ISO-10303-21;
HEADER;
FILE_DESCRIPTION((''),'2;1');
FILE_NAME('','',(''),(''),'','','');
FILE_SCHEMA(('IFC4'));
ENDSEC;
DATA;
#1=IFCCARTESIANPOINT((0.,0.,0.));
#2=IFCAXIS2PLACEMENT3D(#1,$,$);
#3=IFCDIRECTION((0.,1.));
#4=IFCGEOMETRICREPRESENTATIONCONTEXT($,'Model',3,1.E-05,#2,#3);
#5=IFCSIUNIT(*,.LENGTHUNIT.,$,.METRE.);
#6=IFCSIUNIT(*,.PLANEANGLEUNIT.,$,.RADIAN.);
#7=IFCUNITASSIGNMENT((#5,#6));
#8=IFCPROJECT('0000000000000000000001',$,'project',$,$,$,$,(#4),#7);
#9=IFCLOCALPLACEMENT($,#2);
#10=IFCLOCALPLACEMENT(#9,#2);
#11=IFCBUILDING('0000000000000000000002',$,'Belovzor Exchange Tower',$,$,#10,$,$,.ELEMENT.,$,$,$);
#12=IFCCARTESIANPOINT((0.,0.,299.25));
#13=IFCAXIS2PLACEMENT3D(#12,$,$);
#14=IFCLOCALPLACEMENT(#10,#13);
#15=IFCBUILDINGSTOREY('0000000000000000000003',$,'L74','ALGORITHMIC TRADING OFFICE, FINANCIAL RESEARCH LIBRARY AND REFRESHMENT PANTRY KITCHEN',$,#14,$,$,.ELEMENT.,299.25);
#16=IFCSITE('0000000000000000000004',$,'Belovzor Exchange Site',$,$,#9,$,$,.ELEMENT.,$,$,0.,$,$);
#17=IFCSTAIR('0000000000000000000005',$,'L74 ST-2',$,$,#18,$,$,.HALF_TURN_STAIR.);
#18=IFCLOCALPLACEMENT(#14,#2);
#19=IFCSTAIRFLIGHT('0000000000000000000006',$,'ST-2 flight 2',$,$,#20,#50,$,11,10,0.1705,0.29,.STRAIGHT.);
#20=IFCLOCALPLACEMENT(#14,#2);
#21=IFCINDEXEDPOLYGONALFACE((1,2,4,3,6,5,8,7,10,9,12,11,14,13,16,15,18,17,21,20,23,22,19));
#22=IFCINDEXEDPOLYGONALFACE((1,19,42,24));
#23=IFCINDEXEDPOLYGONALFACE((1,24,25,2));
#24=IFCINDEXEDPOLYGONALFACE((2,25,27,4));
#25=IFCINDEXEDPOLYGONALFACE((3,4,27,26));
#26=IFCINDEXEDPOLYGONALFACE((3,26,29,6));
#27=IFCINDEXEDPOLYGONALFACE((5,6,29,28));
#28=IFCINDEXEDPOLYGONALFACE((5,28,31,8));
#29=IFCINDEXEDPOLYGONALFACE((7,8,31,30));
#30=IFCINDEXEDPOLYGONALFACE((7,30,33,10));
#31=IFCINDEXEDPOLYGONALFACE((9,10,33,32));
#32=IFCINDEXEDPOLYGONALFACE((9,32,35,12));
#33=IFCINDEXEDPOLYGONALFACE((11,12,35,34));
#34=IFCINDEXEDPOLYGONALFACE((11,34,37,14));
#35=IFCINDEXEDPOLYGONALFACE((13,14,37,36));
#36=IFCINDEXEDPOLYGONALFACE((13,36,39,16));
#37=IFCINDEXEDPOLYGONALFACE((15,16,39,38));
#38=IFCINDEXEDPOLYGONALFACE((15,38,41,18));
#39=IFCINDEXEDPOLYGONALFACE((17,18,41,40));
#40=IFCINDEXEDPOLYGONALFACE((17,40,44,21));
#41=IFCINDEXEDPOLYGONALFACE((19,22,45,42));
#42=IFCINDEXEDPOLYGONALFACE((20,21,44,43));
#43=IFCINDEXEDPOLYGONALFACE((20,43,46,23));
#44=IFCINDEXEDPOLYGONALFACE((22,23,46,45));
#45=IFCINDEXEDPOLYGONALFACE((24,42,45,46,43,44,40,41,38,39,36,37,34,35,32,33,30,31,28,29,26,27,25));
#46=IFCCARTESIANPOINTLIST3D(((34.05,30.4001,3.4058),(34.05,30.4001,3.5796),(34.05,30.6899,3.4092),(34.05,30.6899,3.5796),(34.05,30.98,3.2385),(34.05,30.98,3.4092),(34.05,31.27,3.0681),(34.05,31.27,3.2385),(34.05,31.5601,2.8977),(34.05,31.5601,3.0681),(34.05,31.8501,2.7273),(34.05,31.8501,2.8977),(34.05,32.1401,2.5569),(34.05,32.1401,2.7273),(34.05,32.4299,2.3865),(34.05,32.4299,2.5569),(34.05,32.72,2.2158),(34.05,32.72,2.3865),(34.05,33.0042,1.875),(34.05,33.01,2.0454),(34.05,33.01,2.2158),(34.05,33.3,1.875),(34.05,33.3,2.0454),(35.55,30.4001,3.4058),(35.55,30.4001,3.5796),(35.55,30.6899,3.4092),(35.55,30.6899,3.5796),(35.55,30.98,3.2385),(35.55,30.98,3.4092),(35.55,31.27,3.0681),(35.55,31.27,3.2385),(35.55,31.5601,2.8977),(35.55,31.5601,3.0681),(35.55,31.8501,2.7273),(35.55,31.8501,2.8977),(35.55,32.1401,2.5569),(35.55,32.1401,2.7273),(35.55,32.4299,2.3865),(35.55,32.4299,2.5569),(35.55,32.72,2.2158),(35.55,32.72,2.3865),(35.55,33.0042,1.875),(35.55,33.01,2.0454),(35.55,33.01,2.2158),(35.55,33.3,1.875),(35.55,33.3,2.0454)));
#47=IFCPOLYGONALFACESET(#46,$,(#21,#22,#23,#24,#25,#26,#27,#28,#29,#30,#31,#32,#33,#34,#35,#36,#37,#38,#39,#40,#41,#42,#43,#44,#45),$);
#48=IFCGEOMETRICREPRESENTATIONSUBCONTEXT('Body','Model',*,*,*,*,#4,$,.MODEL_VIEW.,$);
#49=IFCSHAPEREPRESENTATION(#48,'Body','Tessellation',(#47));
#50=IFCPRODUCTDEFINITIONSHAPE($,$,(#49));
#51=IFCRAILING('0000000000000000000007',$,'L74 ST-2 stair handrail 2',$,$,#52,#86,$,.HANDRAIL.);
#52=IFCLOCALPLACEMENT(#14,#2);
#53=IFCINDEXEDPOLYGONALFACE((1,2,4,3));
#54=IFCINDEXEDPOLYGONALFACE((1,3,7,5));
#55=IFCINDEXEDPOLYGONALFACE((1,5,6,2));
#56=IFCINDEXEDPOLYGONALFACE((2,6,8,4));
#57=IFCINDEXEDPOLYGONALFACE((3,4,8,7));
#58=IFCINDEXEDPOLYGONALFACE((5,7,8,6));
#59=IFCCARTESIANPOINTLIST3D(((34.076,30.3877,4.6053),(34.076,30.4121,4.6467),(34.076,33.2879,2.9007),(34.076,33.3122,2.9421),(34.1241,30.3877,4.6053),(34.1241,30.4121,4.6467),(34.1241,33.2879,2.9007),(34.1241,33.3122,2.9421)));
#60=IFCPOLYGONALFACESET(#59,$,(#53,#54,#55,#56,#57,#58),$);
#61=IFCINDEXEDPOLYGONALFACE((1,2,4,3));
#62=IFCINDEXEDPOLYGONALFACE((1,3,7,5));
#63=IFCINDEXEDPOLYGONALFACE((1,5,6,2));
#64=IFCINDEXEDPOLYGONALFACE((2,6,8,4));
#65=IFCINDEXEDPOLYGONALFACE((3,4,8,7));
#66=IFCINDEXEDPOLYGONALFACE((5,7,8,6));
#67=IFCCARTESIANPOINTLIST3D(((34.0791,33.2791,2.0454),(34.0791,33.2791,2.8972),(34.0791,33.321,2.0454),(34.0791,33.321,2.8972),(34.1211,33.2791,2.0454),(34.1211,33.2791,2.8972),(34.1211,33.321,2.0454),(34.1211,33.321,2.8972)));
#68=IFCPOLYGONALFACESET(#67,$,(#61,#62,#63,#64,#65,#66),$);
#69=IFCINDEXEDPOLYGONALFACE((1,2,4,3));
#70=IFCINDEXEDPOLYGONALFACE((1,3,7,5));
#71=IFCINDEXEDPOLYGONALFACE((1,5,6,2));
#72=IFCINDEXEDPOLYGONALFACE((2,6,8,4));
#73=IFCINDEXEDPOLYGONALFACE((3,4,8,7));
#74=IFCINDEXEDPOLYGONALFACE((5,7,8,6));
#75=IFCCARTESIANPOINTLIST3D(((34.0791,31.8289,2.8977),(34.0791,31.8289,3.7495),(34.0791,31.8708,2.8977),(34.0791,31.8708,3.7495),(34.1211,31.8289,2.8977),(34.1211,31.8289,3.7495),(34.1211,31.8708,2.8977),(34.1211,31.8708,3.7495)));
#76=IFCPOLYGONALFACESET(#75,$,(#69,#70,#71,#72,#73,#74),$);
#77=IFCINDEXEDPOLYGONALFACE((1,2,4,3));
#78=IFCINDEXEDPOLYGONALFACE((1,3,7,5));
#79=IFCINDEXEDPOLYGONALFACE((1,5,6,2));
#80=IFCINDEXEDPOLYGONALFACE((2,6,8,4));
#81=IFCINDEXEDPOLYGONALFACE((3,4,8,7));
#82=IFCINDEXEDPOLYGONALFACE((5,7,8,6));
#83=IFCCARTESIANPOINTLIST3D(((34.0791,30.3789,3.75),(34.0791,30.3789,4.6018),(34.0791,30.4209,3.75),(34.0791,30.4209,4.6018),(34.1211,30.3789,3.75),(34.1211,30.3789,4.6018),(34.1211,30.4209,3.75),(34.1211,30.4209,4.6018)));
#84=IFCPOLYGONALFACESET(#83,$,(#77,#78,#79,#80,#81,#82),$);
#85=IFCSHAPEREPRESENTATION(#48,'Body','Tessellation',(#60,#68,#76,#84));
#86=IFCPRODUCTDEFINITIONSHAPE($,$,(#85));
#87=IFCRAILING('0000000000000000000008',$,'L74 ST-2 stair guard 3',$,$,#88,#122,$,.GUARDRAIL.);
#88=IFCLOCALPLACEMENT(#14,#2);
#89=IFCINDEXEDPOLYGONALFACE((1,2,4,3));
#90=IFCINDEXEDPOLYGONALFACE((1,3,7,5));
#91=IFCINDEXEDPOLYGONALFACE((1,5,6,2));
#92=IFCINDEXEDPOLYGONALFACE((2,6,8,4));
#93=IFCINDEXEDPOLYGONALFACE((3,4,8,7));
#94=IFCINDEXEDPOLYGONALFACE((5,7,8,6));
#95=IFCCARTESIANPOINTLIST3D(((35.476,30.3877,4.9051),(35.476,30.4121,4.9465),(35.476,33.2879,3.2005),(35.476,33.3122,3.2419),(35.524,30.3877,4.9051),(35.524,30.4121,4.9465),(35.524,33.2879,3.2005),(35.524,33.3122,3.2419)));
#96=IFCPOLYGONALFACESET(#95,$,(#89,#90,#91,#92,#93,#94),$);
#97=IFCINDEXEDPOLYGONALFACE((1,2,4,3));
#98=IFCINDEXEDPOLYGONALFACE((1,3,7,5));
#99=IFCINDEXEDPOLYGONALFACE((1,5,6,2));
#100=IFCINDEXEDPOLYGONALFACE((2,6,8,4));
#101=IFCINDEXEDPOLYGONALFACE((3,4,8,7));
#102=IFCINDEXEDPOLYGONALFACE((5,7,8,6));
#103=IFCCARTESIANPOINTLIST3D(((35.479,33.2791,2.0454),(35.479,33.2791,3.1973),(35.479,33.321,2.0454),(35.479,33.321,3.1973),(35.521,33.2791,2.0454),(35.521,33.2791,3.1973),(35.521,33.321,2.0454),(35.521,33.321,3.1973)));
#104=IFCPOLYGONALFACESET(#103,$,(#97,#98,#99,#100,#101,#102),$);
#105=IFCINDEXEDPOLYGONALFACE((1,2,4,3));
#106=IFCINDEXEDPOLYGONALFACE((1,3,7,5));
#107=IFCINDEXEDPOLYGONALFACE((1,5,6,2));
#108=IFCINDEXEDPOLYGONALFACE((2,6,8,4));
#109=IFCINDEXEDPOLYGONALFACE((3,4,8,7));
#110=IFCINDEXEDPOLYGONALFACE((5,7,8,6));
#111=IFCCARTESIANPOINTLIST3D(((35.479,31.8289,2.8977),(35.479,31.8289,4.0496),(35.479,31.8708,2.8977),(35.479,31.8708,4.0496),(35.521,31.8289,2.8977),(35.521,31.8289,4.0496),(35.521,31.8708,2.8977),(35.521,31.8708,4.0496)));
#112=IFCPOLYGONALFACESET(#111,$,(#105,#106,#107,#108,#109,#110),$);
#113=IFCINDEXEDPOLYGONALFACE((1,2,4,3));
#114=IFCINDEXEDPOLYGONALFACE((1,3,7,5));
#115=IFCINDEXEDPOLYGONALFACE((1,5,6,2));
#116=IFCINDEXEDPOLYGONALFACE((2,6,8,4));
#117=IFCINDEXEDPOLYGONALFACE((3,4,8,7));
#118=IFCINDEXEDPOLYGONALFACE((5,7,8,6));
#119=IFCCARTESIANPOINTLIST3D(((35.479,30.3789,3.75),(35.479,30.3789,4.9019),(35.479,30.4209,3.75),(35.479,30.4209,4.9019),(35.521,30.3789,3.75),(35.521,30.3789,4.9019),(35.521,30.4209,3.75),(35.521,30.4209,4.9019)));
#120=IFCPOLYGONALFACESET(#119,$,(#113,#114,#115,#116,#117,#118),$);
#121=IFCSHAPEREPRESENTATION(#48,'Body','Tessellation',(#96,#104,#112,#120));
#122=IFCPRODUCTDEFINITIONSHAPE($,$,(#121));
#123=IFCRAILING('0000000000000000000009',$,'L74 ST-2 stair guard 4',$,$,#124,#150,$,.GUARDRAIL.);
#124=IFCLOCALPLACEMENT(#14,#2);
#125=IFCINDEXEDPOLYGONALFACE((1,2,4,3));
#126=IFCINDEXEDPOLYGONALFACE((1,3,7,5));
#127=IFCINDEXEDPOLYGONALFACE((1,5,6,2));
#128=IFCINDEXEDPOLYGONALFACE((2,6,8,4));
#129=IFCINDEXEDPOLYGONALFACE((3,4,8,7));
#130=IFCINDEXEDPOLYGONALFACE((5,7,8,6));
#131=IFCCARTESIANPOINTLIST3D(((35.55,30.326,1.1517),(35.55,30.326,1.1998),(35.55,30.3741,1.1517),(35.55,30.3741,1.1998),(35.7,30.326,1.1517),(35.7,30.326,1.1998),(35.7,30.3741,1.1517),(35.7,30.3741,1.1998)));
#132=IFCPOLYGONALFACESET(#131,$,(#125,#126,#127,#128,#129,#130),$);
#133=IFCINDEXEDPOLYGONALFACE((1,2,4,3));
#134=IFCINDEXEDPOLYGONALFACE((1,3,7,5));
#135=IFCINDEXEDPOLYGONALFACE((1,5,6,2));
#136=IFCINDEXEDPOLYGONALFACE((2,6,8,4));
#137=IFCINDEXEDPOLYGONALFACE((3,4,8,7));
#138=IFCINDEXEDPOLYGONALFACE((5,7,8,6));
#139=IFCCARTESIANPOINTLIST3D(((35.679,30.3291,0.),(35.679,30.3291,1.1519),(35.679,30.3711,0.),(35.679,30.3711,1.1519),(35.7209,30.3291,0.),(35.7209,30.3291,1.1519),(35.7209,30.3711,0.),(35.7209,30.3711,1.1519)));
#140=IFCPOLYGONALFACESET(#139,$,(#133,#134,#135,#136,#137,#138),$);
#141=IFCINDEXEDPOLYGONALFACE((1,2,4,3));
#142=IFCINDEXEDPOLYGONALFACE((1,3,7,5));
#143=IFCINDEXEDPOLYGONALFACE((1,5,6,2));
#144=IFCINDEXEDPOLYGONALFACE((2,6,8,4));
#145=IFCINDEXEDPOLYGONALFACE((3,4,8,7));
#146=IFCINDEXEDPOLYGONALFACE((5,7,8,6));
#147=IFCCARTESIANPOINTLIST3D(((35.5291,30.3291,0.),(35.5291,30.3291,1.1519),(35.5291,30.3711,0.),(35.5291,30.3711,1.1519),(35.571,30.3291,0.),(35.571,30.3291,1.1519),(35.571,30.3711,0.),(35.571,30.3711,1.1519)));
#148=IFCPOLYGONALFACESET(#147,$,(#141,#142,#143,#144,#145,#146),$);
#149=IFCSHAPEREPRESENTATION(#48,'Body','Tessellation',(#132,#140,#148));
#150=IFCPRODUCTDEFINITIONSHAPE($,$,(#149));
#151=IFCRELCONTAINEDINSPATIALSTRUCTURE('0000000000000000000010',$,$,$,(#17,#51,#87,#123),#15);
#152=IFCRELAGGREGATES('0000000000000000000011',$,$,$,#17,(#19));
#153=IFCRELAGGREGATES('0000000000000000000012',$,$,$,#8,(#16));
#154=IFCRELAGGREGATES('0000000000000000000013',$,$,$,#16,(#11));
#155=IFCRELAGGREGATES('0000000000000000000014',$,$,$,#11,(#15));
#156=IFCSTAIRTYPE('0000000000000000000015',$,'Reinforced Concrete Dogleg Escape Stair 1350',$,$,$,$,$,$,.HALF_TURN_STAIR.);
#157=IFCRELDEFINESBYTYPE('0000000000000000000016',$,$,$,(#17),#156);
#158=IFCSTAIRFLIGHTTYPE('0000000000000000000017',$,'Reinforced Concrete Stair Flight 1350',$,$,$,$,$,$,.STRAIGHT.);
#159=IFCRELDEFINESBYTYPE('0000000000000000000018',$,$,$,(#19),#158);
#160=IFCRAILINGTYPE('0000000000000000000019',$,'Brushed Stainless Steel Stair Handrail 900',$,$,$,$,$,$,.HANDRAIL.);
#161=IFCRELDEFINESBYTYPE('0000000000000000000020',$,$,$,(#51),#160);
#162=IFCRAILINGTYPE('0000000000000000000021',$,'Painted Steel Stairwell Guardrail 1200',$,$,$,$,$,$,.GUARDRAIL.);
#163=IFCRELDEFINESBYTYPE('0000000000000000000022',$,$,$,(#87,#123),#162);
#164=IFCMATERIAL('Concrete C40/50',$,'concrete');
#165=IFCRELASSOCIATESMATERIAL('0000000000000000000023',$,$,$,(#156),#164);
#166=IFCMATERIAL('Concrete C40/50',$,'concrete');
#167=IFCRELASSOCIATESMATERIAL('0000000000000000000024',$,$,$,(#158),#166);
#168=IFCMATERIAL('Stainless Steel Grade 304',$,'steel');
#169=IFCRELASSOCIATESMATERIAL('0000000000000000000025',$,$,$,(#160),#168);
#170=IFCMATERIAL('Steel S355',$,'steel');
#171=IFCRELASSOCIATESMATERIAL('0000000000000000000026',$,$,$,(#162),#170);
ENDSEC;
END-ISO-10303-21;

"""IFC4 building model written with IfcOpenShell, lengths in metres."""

from ifc_helpers import new_model, si_unit, direction, frame, origin, origin_2d, place, context, subcontext, project, spatial, polyline, rectangle, outline, extrude, material, type_object, element, aggregate, save


model = new_model("IFC4")

# Units and contexts
model_context = context("Model", 3, precision=1e-05, world=origin(), true_north=direction((0.0, 1.0)))
body_context = subcontext(model_context, "Body", "Model", "MODEL_VIEW")
ifc_project = project(units=[si_unit("LENGTHUNIT", "METRE"), si_unit("PLANEANGLEUNIT", "RADIAN")], contexts=[model_context])

# Site, building, storey
site_placement = place(None, origin())
site = spatial("IfcSite", under=ifc_project, at=site_placement, Name="Belovzor Exchange Site", CompositionType="ELEMENT", RefElevation=0.0)
building_placement = place(site_placement, origin())
building = spatial("IfcBuilding", under=site, at=building_placement, Name="Belovzor Exchange Tower", CompositionType="ELEMENT")
storey_placement = place(building_placement, frame((0.0, 0.0, 299.25)))
storey = spatial("IfcBuildingStorey", under=building, at=storey_placement, Name="L74", Description="ALGORITHMIC TRADING OFFICE, FINANCIAL RESEARCH LIBRARY AND REFRESHMENT PANTRY KITCHEN", CompositionType="ELEMENT", Elevation=299.25)

# Stair, stair flight
ifc_material_1 = material(Name="Concrete C40/50", Category="concrete")
stair_type = type_object("IfcStairType", Name="Reinforced Concrete Dogleg Escape Stair 1350", PredefinedType="HALF_TURN_STAIR", material=ifc_material_1)
stair_placement = place(storey_placement, origin())
stair = element("IfcStair", 1, at=stair_placement, inside=storey, type_object=stair_type, Name="L74 ST-2", PredefinedType="HALF_TURN_STAIR")
ifc_material_2 = material(Name="Concrete C40/50", Category="concrete")
stair_flight_type = type_object("IfcStairFlightType", Name="Reinforced Concrete Stair Flight 1350", PredefinedType="STRAIGHT", material=ifc_material_2)
stair_flight_placement = place(storey_placement, frame((34.8, 33.3, 1.875), z_axis=(0.0, 0.0, 1.0), x_axis=(0.0, -1.0, 0.0)))
stair_flight = element("IfcStairFlight", 2, at=stair_flight_placement, type_object=stair_flight_type, Name="ST-2 flight 2", NumberOfRisers=11, NumberOfTreads=10, PredefinedType="STRAIGHT", RiserHeight=0.1705, TreadLength=0.29, context=body_context, shape_type="SweptSolid", body=[
    extrude(outline(polyline([(0.0, 0.0), (0.0, 0.1704), (0.29, 0.1704), (0.29, 0.3408), (0.5801, 0.3408), (0.5801, 0.5115), (0.8701, 0.5115), (0.8701, 0.6819), (1.1599, 0.6819), (1.1599, 0.8523), (1.45, 0.8523), (1.45, 1.0227), (1.74, 1.0227), (1.74, 1.1931), (2.03, 1.1931), (2.03, 1.3635), (2.3201, 1.3635), (2.3201, 1.5342), (2.6101, 1.5342), (2.6101, 1.7046), (2.8999, 1.7046), (2.8999, 1.875), (2.8999, 1.5308), (0.2959, 0.0), (0.0, 0.0)])), frame((0.0, 0.75, 0.0), z_axis=(0.0, -1.0, 0.0), x_axis=(1.0, 0.0, 0.0)), (0.0, 0.0, 1.0), 1.5),
])
aggregate(stair, [stair_flight])

# Railings
ifc_material_3 = material(Name="Stainless Steel Grade 304", Category="steel")
railing_type_1 = type_object("IfcRailingType", Name="Brushed Stainless Steel Stair Handrail 900", PredefinedType="HANDRAIL", material=ifc_material_3)
railing_1_placement = place(storey_placement, frame((34.1001, 33.3, 2.0454)))
element("IfcRailing", 3, at=railing_1_placement, inside=storey, type_object=railing_type_1, Name="L74 ST-2 stair handrail 2", PredefinedType="HANDRAIL", context=body_context, shape_type="SweptSolid", body=[
    extrude(rectangle(XDim=0.0481, YDim=0.0481, at=origin_2d()), frame((0.0, 0.0, 0.876), z_axis=(0.0, -0.862113, 0.506716), x_axis=(1.0, 0.0, 0.0)), (0.0, 0.0, 1.0), 3.364),
    extrude(rectangle(XDim=0.042, YDim=0.042, at=origin_2d()), origin(), (0.0, 0.0, 1.0), 0.8518),
    extrude(rectangle(XDim=0.042, YDim=0.042, at=origin_2d()), frame((0.0, -1.4502, 0.8523)), (0.0, 0.0, 1.0), 0.8518),
    extrude(rectangle(XDim=0.042, YDim=0.042, at=origin_2d()), frame((0.0, -2.9001, 1.7046)), (0.0, 0.0, 1.0), 0.8518),
])
ifc_material_4 = material(Name="Steel S355", Category="steel")
railing_type_2 = type_object("IfcRailingType", Name="Painted Steel Stairwell Guardrail 1200", PredefinedType="GUARDRAIL", material=ifc_material_4)
railing_2_placement = place(storey_placement, frame((35.5, 33.3, 2.0454)))
element("IfcRailing", 4, at=railing_2_placement, inside=storey, type_object=railing_type_2, Name="L74 ST-2 stair guard 3", PredefinedType="GUARDRAIL", context=body_context, shape_type="SweptSolid", body=[
    extrude(rectangle(XDim=0.0481, YDim=0.0481, at=origin_2d()), frame((0.0, 0.0, 1.1758), z_axis=(0.0, -0.862113, 0.506716), x_axis=(1.0, 0.0, 0.0)), (0.0, 0.0, 1.0), 3.364),
    extrude(rectangle(XDim=0.042, YDim=0.042, at=origin_2d()), origin(), (0.0, 0.0, 1.0), 1.1519),
    extrude(rectangle(XDim=0.042, YDim=0.042, at=origin_2d()), frame((0.0, -1.4502, 0.8523)), (0.0, 0.0, 1.0), 1.1519),
    extrude(rectangle(XDim=0.042, YDim=0.042, at=origin_2d()), frame((0.0, -2.9001, 1.7046)), (0.0, 0.0, 1.0), 1.1519),
])
railing_3_placement = place(storey_placement, frame((35.7, 30.3501, 0.0)))
element("IfcRailing", 5, at=railing_3_placement, inside=storey, type_object=railing_type_2, Name="L74 ST-2 stair guard 4", PredefinedType="GUARDRAIL", context=body_context, shape_type="SweptSolid", body=[
    extrude(rectangle(XDim=0.0481, YDim=0.0481, at=origin_2d()), frame((0.0, 0.0, 1.1758), z_axis=(-1.0, 0.0, 0.0), x_axis=(0.0, -1.0, 0.0)), (0.0, 0.0, 1.0), 0.1499),
    extrude(rectangle(XDim=0.042, YDim=0.042, at=origin_2d()), origin(), (0.0, 0.0, 1.0), 1.1519),
    extrude(rectangle(XDim=0.042, YDim=0.042, at=origin_2d()), frame((-0.1499, 0.0, 0.0)), (0.0, 0.0, 1.0), 1.1519),
])

save(model, "model.ifc")
